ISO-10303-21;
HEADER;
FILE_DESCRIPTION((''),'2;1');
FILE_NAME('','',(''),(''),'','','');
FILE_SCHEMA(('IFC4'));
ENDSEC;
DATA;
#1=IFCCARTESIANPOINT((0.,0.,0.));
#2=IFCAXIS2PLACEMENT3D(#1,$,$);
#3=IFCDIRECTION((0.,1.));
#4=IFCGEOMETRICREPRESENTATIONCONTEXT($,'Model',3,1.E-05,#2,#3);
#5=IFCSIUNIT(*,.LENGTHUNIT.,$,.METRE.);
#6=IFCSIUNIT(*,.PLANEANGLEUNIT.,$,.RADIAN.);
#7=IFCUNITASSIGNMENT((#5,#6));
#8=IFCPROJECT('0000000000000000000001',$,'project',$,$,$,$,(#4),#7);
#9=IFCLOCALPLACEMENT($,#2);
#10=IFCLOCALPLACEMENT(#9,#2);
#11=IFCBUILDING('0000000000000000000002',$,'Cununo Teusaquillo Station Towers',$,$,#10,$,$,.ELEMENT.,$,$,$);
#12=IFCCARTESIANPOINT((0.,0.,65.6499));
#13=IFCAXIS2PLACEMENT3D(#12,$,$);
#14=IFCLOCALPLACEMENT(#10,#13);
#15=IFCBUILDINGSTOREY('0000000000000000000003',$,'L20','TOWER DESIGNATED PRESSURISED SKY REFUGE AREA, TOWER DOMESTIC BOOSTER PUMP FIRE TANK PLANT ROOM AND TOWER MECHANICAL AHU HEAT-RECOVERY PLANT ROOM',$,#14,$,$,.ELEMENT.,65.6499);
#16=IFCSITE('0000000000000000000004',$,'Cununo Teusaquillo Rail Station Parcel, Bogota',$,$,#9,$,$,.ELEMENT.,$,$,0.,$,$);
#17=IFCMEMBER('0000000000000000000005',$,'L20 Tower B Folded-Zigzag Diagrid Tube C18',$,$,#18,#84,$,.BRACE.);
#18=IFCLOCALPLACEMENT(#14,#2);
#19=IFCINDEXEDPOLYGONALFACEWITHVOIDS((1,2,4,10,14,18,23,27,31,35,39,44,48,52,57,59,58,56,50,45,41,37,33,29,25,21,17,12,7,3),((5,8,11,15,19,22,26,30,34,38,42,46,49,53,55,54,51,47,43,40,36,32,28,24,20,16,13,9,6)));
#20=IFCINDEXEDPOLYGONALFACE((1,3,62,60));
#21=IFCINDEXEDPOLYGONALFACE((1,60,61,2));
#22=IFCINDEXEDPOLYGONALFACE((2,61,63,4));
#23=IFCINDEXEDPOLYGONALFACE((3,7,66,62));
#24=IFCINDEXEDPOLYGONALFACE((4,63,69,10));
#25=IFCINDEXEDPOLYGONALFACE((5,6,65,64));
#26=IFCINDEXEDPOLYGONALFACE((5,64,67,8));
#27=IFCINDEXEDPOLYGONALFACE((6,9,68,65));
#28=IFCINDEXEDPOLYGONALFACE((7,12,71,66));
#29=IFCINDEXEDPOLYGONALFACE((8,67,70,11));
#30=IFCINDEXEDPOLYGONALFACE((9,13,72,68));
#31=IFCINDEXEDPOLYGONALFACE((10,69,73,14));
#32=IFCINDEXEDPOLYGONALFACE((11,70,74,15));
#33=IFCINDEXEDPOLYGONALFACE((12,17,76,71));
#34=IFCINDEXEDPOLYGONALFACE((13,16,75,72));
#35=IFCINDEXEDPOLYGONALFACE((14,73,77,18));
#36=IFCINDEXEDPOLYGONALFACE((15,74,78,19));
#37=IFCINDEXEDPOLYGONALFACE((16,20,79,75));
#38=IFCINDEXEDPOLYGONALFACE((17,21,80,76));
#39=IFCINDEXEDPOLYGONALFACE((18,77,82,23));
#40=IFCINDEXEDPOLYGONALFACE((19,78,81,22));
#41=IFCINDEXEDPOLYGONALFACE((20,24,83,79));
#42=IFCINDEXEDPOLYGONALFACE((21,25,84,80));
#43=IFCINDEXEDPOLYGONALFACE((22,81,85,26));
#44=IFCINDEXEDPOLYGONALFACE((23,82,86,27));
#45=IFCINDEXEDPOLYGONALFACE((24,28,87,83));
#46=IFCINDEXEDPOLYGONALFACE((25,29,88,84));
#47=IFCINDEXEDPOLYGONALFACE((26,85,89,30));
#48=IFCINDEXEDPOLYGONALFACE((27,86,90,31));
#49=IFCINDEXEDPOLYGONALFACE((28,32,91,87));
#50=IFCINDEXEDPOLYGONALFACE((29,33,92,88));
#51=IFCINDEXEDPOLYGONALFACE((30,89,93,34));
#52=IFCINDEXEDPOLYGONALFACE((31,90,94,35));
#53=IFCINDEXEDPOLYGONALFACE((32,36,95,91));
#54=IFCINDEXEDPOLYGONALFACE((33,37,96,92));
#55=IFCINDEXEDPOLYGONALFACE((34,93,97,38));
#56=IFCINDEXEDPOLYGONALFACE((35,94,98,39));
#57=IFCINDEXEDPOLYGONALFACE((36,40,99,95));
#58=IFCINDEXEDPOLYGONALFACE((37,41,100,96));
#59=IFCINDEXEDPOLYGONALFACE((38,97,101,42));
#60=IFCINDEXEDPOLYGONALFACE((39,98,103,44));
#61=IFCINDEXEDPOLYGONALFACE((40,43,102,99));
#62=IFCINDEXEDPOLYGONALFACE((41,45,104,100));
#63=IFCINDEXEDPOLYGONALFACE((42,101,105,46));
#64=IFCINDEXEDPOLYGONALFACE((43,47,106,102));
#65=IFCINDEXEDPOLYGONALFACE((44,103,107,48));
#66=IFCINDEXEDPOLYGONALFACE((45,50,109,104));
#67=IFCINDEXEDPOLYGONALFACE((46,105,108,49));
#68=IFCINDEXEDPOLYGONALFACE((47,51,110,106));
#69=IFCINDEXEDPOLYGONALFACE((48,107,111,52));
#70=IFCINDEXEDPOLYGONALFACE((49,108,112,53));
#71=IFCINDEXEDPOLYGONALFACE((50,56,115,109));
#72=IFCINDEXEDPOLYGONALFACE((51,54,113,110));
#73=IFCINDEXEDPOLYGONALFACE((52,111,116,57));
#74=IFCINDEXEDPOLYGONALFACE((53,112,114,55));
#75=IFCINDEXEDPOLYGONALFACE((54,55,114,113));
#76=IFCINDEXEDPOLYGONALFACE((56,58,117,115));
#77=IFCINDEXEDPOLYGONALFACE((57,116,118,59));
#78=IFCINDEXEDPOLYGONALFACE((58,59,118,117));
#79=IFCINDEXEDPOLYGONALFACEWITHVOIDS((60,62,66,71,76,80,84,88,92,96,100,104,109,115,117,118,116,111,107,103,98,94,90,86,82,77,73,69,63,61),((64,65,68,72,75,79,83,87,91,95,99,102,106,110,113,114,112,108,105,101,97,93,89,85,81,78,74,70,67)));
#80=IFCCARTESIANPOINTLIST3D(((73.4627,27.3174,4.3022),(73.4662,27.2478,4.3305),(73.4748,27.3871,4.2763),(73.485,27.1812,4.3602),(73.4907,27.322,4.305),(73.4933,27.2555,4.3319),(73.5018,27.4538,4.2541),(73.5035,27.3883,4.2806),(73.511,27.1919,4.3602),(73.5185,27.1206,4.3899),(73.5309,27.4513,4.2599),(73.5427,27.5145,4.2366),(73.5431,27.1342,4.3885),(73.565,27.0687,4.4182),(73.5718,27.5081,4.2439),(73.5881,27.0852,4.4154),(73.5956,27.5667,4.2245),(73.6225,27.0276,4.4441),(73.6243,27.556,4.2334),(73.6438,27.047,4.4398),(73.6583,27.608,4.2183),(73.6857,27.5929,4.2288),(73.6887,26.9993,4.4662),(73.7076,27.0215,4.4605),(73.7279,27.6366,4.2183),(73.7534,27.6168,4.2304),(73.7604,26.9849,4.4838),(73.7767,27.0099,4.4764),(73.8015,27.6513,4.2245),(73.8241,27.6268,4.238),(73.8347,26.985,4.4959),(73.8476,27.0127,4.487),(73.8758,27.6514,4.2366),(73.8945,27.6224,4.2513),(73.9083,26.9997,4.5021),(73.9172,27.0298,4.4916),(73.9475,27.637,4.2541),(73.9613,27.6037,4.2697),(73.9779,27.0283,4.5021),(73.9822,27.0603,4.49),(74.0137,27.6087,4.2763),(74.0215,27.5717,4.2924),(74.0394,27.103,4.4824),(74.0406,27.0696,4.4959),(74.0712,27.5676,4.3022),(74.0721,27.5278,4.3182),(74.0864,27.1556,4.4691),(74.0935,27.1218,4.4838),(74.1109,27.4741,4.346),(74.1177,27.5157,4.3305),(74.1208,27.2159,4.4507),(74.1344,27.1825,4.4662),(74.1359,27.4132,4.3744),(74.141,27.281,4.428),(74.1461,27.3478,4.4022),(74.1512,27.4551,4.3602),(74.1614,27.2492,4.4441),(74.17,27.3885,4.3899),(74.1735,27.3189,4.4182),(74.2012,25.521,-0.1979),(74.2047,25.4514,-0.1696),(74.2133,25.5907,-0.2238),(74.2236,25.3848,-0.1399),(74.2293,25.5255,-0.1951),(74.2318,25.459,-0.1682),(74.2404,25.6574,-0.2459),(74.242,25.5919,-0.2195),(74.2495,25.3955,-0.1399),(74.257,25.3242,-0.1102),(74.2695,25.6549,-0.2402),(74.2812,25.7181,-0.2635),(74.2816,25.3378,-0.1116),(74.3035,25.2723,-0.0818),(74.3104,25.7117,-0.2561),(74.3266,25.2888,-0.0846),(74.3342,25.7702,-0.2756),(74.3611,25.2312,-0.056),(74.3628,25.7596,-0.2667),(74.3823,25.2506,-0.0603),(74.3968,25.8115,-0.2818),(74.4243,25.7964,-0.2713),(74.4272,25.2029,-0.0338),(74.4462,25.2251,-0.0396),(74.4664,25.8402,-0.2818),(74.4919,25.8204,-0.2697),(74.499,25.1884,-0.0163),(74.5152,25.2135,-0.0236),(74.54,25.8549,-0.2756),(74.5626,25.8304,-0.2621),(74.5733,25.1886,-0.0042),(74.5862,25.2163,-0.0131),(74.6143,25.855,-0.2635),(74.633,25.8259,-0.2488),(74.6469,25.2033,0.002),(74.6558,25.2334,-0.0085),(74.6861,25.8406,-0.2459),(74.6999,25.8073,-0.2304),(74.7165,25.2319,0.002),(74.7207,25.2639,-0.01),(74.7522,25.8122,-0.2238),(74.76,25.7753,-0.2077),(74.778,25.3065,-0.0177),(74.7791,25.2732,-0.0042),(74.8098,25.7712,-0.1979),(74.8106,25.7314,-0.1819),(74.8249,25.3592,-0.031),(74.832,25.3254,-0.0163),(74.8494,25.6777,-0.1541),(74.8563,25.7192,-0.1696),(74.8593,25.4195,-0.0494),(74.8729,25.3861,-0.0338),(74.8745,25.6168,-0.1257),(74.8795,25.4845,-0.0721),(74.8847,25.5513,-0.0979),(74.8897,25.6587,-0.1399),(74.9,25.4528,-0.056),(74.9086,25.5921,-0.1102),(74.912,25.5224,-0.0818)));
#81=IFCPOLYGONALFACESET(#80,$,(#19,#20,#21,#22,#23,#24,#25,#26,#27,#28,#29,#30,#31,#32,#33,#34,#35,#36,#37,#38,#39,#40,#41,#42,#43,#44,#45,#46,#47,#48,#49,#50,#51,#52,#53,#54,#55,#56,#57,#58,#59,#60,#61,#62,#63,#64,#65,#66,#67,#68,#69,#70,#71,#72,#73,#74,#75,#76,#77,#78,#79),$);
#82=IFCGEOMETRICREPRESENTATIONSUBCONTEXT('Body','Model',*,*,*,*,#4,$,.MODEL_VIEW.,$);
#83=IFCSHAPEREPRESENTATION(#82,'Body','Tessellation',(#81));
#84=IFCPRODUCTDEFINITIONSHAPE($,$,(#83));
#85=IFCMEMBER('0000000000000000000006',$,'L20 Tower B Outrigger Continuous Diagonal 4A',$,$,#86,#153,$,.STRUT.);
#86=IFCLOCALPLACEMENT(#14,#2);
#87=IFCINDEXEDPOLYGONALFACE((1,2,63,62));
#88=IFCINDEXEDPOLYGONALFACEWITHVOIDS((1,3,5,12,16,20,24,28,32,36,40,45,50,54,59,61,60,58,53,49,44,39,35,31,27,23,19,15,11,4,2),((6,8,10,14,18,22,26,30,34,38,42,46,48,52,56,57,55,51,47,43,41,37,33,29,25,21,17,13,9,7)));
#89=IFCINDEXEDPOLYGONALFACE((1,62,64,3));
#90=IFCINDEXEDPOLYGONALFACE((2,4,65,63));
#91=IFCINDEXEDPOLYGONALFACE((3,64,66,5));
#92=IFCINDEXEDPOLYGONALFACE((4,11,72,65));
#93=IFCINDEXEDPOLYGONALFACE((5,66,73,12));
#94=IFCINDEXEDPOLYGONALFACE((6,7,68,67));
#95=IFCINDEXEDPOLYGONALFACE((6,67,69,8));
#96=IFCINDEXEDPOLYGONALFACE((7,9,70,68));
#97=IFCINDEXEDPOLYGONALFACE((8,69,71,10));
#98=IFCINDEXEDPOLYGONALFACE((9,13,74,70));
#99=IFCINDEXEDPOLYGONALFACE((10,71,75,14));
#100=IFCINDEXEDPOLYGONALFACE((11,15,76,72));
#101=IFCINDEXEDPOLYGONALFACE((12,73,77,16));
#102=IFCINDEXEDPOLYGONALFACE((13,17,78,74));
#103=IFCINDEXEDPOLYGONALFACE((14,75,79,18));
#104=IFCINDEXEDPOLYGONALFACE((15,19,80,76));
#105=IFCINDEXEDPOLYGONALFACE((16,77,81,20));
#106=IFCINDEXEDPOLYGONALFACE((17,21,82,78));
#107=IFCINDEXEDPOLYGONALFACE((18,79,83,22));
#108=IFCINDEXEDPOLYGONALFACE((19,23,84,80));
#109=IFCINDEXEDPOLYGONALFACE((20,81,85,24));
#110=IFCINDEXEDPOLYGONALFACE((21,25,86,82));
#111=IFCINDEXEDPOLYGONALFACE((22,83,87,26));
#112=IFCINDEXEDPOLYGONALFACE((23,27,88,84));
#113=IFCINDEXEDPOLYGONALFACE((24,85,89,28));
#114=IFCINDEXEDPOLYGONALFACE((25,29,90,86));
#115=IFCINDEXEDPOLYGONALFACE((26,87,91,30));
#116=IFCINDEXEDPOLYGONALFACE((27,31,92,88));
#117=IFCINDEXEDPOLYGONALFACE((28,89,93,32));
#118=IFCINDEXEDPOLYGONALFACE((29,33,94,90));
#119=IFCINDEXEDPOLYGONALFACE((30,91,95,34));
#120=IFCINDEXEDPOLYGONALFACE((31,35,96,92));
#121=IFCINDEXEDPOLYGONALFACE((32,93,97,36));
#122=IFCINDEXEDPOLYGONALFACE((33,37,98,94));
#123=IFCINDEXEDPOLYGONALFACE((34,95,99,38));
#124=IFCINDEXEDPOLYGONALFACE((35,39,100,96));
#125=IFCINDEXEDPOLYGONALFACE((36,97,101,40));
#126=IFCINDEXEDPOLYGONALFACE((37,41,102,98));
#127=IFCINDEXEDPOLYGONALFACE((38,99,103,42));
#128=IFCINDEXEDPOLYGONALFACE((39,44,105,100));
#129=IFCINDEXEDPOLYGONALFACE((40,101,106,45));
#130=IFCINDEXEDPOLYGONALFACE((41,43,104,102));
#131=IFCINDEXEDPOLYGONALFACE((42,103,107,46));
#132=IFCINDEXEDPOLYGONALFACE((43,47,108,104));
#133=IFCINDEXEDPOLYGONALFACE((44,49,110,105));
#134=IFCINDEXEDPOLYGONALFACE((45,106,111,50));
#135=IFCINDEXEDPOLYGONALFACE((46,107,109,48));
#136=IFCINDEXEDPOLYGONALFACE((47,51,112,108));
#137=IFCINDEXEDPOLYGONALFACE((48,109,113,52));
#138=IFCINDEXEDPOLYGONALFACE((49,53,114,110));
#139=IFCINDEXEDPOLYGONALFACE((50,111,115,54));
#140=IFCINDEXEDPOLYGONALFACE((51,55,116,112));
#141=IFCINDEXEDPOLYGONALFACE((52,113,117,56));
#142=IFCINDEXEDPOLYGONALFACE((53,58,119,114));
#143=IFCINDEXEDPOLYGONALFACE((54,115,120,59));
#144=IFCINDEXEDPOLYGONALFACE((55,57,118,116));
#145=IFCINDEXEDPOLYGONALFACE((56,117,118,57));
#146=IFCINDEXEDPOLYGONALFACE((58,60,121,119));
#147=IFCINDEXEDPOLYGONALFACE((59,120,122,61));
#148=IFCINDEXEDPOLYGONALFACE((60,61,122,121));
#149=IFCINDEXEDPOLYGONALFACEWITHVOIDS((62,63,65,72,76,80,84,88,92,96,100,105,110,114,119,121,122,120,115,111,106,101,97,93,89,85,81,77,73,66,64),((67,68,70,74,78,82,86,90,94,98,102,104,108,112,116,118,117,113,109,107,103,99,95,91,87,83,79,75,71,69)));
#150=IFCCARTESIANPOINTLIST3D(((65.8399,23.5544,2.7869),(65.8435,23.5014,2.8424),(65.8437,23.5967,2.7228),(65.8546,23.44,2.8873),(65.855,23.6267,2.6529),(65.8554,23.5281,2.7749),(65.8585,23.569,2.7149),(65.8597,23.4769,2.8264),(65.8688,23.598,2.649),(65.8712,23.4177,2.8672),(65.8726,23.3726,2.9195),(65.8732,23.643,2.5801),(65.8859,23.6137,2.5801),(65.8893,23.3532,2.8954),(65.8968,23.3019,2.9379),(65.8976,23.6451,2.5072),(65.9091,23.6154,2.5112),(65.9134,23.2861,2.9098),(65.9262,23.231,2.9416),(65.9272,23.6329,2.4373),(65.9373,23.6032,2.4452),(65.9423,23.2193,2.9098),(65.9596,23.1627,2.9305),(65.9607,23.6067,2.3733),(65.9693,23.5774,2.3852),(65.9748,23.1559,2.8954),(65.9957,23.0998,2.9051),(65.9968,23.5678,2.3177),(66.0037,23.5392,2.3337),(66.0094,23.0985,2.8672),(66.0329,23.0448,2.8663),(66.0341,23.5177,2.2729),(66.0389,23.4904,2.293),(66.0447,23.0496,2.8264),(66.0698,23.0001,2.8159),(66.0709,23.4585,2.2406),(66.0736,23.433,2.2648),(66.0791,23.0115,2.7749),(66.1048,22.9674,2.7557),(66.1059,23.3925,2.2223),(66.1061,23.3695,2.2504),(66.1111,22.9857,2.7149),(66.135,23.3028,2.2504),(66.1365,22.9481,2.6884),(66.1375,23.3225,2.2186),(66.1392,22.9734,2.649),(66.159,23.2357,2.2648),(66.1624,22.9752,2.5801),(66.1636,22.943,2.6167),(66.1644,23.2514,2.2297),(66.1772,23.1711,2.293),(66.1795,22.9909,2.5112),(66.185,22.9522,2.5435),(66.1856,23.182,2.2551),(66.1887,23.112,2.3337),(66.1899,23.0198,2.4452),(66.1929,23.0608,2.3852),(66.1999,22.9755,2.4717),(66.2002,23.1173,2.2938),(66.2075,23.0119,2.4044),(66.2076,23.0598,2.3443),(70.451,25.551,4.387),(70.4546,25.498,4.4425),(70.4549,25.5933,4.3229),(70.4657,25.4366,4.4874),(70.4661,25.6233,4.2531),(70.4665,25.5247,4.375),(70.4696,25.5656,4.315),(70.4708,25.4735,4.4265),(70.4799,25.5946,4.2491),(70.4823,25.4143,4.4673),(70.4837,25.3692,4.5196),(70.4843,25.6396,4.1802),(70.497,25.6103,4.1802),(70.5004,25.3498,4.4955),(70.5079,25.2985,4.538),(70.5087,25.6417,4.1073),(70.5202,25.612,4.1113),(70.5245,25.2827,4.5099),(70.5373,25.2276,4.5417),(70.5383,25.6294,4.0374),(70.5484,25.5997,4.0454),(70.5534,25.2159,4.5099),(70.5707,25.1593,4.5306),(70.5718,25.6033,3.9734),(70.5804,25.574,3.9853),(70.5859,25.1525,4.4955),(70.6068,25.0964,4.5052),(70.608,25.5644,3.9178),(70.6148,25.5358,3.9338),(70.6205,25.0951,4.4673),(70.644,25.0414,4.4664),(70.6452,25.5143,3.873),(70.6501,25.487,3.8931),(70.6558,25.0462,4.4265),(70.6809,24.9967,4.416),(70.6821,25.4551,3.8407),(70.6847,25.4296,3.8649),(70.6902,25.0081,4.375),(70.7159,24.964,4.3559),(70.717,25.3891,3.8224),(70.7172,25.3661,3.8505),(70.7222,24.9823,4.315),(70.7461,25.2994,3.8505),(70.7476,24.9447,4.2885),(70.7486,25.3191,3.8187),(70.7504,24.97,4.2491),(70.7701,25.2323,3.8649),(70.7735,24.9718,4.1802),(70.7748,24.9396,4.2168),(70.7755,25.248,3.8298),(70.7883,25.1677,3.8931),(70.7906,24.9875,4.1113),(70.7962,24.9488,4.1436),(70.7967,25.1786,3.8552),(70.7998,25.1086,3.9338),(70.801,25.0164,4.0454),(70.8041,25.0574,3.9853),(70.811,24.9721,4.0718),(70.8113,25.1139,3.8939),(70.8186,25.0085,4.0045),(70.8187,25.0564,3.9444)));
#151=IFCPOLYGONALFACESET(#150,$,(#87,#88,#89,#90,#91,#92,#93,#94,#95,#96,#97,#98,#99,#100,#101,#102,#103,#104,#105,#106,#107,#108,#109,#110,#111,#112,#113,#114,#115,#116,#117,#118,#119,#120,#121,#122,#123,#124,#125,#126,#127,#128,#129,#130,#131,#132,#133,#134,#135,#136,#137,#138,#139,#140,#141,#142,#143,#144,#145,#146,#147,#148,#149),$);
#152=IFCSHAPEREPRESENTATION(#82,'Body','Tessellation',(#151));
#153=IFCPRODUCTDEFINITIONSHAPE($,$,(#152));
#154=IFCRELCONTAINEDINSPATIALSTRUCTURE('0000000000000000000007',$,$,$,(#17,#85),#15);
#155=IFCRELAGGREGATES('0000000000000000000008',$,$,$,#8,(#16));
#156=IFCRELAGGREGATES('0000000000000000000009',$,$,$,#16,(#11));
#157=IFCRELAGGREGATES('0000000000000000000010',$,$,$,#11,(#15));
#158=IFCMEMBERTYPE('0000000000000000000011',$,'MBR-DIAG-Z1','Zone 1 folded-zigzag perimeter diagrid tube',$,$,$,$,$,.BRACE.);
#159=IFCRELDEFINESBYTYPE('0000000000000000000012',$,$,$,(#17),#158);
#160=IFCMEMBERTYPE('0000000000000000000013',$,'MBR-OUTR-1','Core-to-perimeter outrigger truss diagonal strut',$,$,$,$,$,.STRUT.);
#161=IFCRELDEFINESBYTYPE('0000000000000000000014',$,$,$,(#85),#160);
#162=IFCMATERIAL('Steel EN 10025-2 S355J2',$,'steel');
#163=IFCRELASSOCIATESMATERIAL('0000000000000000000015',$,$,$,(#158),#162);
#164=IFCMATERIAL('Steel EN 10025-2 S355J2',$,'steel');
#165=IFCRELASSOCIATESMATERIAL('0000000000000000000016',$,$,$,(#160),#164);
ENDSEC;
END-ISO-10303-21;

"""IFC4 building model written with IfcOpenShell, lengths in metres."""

from ifc_helpers import new_model, si_unit, direction, frame, origin, origin_2d, place, context, subcontext, project, spatial, hollow_circle, extrude, material, material_profile, profile_set, type_object, element, save


model = new_model("IFC4")

# Units and contexts
model_context = context("Model", 3, precision=1e-05, world=origin(), true_north=direction((0.0, 1.0)))
body_context = subcontext(model_context, "Body", "Model", "MODEL_VIEW")
ifc_project = project(units=[si_unit("LENGTHUNIT", "METRE"), si_unit("PLANEANGLEUNIT", "RADIAN")], contexts=[model_context])

# Site, building, storey
site_placement = place(None, origin())
site = spatial("IfcSite", under=ifc_project, at=site_placement, Name="Cununo Teusaquillo Rail Station Parcel, Bogota", CompositionType="ELEMENT", RefElevation=0.0)
building_placement = place(site_placement, origin())
building = spatial("IfcBuilding", under=site, at=building_placement, Name="Cununo Teusaquillo Station Towers", CompositionType="ELEMENT")
storey_placement = place(building_placement, frame((0.0, 0.0, 65.6499)))
storey = spatial("IfcBuildingStorey", under=building, at=storey_placement, Name="L20", Description="TOWER DESIGNATED PRESSURISED SKY REFUGE AREA, TOWER DOMESTIC BOOSTER PUMP FIRE TANK PLANT ROOM AND TOWER MECHANICAL AHU HEAT-RECOVERY PLANT ROOM", CompositionType="ELEMENT", Elevation=65.6499)

# Members
ifc_material_1 = material(Name="Steel EN 10025-2 S355J2", Category="steel")
ifc_material_profile_1 = material_profile(ifc_material_1, hollow_circle(Radius=0.3601, WallThickness=0.0281, at=origin_2d()), Name="CHS 720x28")
ifc_profile_set_1 = profile_set([ifc_material_profile_1], Name="Steel EN 10025-2 S355J2")
member_type_1 = type_object("IfcMemberType", Name="MBR-DIAG-Z1", Description="Zone 1 folded-zigzag perimeter diagrid tube", PredefinedType="BRACE", material=ifc_profile_set_1)
member_1_placement = place(storey_placement, frame((74.5566, 25.5217, -0.1399), z_axis=(-0.15068, 0.366515, 0.91813), x_axis=(-0.924889, -0.380238, 0.0)))
element("IfcMember", 1, at=member_1_placement, inside=storey, type_object=member_type_1, Name="L20 Tower B Folded-Zigzag Diagrid Tube C18", PredefinedType="BRACE", context=body_context, shape_type="SweptSolid", body=[
    extrude(hollow_circle(Radius=0.3601, WallThickness=0.0281, at=origin_2d()), origin(), (0.0, 0.0, 1.0), 4.9014),
])
ifc_material_2 = material(Name="Steel EN 10025-2 S355J2", Category="steel")
ifc_material_profile_2 = material_profile(ifc_material_2, hollow_circle(Radius=0.3799, WallThickness=0.032, at=origin_2d()), Name="CHS 760x32")
ifc_profile_set_2 = profile_set([ifc_material_profile_2], Name="Steel EN 10025-2 S355J2")
member_type_2 = type_object("IfcMemberType", Name="MBR-OUTR-1", Description="Core-to-perimeter outrigger truss diagonal strut", PredefinedType="STRUT", material=ifc_profile_set_2)
member_2_placement = place(storey_placement, frame((66.0242, 23.2944, 2.5801), z_axis=(0.874404, 0.378614, 0.303428), x_axis=(-0.397347, 0.917668, 0.0)))
element("IfcMember", 2, at=member_2_placement, inside=storey, type_object=member_type_2, Name="L20 Tower B Outrigger Continuous Diagonal 4A", PredefinedType="STRUT", context=body_context, shape_type="SweptSolid", body=[
    extrude(hollow_circle(Radius=0.3799, WallThickness=0.032, at=origin_2d()), origin(), (0.0, 0.0, 1.0), 5.2734),
])

save(model, "model.ifc")
